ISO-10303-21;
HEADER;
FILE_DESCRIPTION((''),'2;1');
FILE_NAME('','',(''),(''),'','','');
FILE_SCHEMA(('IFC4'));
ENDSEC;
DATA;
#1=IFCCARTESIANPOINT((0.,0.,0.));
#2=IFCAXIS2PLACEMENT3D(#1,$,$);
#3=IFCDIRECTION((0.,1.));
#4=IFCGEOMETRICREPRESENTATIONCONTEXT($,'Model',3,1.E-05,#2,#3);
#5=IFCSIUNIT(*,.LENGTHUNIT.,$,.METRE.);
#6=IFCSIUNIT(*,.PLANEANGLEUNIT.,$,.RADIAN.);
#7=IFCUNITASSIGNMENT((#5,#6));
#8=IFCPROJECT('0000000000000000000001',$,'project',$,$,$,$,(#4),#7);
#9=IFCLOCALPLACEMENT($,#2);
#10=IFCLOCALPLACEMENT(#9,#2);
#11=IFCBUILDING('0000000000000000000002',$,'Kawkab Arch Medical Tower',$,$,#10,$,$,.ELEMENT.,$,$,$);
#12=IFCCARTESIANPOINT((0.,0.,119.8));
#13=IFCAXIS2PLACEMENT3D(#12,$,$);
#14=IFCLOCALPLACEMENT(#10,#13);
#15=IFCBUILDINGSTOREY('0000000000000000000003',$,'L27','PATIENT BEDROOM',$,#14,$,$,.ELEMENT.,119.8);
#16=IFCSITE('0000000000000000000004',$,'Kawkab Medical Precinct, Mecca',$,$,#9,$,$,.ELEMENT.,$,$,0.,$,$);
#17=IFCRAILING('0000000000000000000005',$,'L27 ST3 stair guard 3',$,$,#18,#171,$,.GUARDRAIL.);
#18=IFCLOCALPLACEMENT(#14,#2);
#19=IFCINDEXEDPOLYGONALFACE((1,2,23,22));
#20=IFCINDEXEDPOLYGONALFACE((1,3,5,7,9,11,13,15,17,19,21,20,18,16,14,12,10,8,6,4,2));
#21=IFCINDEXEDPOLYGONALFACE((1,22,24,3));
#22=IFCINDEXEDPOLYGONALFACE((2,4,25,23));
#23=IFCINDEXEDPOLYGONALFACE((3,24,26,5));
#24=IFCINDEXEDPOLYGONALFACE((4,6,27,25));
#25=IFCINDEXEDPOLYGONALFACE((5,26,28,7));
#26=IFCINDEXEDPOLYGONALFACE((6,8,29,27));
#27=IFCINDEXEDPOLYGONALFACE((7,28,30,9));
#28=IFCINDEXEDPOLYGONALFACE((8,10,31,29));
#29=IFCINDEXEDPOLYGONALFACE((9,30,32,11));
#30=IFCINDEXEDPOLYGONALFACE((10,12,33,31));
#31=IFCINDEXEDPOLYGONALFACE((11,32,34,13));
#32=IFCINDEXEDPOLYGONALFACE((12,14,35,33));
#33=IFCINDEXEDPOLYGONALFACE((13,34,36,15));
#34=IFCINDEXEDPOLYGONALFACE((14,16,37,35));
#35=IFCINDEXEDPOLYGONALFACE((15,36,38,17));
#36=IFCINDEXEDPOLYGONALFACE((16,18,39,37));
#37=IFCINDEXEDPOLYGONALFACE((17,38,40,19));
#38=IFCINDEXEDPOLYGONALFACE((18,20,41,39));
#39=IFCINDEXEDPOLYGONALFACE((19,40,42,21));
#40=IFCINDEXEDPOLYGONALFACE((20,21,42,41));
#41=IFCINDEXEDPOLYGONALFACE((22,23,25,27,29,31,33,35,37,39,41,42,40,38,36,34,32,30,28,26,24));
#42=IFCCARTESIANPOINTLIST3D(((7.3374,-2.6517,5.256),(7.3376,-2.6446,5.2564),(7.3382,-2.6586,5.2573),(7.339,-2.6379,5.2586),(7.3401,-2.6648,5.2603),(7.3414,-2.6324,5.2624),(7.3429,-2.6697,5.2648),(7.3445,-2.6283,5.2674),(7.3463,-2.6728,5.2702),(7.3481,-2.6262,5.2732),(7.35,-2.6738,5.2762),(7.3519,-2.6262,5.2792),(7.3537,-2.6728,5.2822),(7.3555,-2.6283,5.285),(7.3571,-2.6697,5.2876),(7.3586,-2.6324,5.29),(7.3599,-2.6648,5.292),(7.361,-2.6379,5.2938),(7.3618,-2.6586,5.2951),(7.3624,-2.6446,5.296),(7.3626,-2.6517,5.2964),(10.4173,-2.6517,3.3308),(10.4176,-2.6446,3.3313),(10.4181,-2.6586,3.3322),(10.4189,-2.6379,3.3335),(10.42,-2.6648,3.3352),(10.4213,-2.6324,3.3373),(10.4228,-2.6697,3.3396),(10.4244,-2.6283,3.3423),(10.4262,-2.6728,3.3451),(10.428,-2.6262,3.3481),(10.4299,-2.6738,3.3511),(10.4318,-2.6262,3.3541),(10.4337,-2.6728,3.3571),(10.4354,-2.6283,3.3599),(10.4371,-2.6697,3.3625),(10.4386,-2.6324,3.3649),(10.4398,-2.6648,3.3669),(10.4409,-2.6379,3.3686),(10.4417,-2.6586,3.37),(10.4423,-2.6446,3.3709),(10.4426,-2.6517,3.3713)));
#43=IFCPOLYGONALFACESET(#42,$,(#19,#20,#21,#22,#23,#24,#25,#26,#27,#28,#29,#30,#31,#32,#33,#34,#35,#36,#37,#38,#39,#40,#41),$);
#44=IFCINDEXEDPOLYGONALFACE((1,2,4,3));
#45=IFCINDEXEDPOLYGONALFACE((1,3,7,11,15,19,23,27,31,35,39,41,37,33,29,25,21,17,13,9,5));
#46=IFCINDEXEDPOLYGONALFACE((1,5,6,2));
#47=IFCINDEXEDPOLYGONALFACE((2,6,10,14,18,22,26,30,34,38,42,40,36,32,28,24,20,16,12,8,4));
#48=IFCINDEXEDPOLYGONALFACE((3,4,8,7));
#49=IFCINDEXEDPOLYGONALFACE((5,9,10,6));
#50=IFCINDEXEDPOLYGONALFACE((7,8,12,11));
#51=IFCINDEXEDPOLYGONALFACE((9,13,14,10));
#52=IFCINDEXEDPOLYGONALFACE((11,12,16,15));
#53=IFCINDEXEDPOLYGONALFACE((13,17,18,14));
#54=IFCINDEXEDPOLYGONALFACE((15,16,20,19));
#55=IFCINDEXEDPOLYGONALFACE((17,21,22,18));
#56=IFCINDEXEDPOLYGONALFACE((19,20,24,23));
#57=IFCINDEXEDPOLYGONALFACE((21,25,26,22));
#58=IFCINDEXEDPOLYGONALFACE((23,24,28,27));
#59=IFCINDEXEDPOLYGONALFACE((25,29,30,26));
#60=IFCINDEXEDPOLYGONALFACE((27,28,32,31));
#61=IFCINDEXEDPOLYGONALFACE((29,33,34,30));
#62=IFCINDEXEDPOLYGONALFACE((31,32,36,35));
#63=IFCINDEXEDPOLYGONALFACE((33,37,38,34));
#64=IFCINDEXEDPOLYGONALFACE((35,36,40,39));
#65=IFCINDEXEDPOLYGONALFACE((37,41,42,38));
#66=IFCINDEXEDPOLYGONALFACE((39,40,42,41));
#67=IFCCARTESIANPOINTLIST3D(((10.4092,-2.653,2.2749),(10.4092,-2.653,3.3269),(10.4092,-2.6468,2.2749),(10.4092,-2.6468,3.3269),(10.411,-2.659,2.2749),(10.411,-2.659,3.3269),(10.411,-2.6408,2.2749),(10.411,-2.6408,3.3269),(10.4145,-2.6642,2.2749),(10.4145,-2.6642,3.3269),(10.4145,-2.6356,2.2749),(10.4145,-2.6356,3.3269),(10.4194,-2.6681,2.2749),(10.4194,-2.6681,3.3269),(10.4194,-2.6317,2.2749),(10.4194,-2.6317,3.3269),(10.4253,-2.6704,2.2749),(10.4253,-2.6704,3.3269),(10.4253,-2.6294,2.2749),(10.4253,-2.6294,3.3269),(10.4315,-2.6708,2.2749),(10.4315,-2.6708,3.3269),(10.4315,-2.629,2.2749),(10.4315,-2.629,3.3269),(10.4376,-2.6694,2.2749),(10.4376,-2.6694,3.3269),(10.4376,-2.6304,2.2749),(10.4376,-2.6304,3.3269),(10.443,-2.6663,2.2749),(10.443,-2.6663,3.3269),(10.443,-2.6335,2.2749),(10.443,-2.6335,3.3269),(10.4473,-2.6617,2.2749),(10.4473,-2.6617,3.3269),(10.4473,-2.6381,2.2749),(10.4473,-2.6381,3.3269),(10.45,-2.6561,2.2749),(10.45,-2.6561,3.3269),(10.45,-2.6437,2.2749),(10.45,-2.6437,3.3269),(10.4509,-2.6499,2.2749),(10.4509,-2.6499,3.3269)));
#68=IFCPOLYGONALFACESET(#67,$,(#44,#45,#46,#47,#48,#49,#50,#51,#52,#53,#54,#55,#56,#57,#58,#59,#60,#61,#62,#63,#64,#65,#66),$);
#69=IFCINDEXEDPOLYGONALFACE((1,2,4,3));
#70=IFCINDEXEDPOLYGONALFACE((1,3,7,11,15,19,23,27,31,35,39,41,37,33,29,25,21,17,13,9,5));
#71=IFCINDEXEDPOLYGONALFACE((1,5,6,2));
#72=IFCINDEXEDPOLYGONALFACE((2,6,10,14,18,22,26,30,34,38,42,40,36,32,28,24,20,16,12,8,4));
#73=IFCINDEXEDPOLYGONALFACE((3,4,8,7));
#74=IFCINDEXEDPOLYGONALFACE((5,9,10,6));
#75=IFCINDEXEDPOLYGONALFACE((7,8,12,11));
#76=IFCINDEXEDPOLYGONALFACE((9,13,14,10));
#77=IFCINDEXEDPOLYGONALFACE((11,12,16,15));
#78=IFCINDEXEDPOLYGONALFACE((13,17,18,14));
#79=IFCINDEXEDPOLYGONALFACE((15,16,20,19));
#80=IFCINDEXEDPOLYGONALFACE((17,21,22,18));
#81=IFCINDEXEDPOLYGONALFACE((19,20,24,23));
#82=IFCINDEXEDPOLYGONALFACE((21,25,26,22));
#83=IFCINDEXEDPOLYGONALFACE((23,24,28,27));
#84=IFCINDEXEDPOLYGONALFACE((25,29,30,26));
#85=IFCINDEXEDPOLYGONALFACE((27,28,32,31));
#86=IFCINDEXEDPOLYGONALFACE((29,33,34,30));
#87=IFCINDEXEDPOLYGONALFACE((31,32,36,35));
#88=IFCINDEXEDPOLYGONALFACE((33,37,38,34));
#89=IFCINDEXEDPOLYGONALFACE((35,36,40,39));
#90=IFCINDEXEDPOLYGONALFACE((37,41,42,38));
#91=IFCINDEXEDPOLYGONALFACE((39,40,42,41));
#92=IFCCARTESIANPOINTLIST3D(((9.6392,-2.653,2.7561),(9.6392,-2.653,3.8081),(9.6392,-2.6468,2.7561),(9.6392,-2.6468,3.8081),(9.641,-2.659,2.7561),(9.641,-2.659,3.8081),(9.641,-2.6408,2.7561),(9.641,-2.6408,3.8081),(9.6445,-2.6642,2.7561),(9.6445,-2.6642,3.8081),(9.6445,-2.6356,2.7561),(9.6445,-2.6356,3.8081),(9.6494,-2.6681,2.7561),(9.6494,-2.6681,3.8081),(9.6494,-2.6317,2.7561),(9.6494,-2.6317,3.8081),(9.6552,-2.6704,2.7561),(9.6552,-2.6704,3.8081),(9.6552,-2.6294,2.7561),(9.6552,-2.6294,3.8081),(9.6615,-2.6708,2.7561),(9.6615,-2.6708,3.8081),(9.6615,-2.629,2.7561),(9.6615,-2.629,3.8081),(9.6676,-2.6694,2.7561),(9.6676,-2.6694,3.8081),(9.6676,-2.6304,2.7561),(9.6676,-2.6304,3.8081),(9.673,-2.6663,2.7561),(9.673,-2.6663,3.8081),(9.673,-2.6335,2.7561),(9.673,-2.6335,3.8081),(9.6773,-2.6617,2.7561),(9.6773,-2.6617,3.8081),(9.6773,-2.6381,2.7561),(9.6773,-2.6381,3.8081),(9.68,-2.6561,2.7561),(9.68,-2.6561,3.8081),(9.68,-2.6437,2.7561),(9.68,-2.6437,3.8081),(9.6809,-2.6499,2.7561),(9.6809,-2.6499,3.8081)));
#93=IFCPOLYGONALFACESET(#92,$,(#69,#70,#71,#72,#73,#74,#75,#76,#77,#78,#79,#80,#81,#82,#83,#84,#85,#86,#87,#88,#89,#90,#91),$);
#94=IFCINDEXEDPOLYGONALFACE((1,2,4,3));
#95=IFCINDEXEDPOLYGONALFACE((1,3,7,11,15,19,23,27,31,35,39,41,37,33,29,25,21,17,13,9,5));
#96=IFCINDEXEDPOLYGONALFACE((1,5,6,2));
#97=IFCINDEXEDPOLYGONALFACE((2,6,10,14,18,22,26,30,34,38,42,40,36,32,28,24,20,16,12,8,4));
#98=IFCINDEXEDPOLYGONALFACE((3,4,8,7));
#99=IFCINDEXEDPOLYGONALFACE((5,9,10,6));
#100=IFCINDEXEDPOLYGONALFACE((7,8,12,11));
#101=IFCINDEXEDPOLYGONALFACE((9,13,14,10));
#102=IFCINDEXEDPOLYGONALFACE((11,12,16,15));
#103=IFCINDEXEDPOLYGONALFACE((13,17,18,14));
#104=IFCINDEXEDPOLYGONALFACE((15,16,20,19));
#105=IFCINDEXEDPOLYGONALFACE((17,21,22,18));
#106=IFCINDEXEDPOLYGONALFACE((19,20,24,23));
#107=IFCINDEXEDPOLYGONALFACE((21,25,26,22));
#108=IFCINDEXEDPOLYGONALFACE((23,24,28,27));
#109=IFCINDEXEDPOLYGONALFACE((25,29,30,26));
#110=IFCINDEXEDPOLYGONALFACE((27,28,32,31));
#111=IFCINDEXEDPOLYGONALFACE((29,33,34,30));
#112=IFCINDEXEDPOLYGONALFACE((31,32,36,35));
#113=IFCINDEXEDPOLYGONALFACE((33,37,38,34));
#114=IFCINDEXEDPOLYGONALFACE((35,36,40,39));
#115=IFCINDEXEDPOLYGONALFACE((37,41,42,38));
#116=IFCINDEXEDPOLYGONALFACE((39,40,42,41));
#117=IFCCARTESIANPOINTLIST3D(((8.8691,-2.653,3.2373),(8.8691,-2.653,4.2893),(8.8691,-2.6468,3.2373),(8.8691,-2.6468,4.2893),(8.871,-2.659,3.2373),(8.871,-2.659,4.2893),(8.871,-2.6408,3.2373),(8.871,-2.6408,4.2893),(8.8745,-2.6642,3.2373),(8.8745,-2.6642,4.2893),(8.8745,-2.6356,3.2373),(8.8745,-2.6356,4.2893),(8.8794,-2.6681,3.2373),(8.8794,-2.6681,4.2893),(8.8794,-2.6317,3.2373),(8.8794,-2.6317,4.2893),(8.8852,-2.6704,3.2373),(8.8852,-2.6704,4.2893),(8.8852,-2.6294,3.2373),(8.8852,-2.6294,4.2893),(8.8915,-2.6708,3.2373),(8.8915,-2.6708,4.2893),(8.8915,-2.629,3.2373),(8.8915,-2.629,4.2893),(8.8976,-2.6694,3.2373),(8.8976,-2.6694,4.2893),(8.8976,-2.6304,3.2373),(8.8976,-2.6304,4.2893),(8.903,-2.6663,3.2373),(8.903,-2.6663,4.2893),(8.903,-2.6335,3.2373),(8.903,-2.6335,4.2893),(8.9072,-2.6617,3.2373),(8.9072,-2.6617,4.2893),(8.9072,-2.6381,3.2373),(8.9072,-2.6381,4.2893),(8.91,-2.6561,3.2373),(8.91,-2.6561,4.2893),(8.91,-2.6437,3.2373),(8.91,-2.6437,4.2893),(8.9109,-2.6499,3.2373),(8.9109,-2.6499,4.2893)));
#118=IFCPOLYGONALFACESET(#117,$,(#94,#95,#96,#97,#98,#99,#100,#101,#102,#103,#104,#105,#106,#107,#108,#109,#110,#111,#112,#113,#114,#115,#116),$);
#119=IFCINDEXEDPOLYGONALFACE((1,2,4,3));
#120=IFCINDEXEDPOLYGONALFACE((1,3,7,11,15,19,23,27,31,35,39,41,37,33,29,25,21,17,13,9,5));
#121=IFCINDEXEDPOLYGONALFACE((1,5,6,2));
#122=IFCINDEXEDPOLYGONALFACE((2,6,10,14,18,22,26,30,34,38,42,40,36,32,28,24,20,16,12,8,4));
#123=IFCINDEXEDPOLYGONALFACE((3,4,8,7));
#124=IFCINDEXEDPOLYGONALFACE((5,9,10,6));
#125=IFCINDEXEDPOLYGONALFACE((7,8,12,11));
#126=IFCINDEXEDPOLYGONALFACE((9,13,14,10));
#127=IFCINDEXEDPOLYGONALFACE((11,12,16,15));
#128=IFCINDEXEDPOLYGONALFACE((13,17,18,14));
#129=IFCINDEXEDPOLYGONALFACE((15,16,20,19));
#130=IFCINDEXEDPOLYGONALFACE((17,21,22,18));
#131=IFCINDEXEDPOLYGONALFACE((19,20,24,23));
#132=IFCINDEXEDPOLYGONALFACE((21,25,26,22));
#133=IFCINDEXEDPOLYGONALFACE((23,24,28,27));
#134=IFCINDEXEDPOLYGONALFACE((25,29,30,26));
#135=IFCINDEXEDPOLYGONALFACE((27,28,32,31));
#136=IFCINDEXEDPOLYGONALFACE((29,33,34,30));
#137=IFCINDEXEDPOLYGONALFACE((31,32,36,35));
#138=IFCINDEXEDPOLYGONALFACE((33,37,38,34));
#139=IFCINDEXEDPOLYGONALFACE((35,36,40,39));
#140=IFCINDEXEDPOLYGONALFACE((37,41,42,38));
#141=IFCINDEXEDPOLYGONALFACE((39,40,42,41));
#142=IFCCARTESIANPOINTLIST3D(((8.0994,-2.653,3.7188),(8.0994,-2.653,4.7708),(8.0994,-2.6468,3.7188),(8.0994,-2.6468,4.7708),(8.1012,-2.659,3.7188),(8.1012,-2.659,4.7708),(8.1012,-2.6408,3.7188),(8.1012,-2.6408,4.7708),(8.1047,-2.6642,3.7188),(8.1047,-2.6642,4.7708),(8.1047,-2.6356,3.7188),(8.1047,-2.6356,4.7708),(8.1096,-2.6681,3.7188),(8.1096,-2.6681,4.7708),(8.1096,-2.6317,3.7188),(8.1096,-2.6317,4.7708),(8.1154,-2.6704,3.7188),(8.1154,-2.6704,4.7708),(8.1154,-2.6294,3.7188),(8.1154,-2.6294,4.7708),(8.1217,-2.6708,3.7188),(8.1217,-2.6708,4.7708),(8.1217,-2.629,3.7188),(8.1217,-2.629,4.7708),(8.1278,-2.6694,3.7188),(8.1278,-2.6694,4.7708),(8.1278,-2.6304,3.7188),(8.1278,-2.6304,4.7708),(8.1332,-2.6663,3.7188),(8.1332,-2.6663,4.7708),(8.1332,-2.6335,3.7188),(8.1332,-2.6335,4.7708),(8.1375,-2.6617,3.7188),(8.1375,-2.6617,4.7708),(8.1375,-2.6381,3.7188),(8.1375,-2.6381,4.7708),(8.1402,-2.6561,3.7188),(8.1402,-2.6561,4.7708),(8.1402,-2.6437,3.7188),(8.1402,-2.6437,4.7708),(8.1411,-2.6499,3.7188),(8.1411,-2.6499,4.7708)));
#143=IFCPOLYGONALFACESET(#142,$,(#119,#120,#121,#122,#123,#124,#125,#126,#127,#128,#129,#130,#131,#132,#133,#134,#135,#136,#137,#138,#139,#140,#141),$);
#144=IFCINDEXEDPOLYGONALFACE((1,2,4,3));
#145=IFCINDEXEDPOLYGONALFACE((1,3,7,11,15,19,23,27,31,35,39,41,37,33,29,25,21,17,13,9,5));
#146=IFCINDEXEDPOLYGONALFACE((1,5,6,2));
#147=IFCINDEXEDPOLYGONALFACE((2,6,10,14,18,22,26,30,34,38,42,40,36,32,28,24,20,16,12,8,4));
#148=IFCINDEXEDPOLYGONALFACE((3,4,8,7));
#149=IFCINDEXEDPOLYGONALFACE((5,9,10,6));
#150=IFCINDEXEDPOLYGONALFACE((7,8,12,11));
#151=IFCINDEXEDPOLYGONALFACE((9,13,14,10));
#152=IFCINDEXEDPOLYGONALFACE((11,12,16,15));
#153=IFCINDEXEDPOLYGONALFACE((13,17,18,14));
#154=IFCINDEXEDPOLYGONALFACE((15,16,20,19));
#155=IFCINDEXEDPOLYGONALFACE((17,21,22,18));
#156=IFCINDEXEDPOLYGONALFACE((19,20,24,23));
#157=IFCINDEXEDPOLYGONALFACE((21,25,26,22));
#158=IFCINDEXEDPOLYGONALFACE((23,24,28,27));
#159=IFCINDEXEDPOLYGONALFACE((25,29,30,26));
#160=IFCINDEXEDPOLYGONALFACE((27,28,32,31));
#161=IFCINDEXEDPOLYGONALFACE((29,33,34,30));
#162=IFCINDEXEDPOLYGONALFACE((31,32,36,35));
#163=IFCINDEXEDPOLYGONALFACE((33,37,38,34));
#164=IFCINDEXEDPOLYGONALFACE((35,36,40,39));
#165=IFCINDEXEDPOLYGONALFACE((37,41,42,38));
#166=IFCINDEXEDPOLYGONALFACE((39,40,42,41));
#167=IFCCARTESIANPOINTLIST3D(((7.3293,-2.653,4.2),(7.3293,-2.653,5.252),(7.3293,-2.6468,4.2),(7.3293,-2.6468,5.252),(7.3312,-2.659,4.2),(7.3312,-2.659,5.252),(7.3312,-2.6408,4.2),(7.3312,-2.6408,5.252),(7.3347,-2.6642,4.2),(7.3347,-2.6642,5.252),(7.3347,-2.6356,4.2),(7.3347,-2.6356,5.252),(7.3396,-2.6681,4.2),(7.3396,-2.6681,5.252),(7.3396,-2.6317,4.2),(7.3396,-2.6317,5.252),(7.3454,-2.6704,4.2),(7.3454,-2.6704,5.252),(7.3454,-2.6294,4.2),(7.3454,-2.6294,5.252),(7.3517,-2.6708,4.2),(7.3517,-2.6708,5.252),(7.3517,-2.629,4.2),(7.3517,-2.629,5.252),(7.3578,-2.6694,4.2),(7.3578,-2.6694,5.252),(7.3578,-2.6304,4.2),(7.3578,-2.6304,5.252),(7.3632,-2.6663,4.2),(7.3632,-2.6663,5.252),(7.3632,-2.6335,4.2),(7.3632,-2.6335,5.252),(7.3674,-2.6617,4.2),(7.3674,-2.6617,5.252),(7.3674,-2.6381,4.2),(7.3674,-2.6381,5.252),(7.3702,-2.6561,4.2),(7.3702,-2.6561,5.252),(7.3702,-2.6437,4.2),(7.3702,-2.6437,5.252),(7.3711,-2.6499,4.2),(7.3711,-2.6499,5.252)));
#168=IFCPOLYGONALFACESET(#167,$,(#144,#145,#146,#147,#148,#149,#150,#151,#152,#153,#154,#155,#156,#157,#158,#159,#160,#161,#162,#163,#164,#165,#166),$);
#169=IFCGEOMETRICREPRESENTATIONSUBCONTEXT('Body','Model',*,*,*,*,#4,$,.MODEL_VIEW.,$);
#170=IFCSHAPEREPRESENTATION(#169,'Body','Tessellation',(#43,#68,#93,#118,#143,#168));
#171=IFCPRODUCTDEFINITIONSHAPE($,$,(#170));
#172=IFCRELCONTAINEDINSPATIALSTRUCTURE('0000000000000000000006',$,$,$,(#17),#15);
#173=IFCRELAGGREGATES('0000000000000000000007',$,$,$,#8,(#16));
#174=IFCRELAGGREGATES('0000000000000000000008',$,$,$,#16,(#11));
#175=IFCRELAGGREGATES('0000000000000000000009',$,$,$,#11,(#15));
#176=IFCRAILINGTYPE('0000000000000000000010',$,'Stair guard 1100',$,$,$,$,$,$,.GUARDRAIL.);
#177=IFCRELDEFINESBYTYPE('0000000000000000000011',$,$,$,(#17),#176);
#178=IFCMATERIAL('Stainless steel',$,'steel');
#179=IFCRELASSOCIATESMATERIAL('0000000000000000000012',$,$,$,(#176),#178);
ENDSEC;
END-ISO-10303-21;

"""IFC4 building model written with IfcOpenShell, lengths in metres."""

from ifc_helpers import new_model, si_unit, direction, frame, origin, origin_2d, place, context, subcontext, project, spatial, circle, extrude, material, type_object, element, save


model = new_model("IFC4")

# Units and contexts
model_context = context("Model", 3, precision=1e-05, world=origin(), true_north=direction((0.0, 1.0)))
body_context = subcontext(model_context, "Body", "Model", "MODEL_VIEW")
ifc_project = project(units=[si_unit("LENGTHUNIT", "METRE"), si_unit("PLANEANGLEUNIT", "RADIAN")], contexts=[model_context])

# Site, building, storey
site_placement = place(None, origin())
site = spatial("IfcSite", under=ifc_project, at=site_placement, Name="Kawkab Medical Precinct, Mecca", CompositionType="ELEMENT", RefElevation=0.0)
building_placement = place(site_placement, origin())
building = spatial("IfcBuilding", under=site, at=building_placement, Name="Kawkab Arch Medical Tower", CompositionType="ELEMENT")
storey_placement = place(building_placement, frame((0.0, 0.0, 119.8)))
storey = spatial("IfcBuildingStorey", under=building, at=storey_placement, Name="L27", Description="PATIENT BEDROOM", CompositionType="ELEMENT", Elevation=119.8)

# Railing
ifc_material_1 = material(Name="Stainless steel", Category="steel")
railing_type_1 = type_object("IfcRailingType", Name="Stair guard 1100", PredefinedType="GUARDRAIL", material=ifc_material_1)
railing_1_placement = place(storey_placement, frame((10.4299, -2.6499, 2.2749)))
element("IfcRailing", 1, at=railing_1_placement, inside=storey, type_object=railing_type_1, Name="L27 ST3 stair guard 3", PredefinedType="GUARDRAIL", context=body_context, shape_type="SweptSolid", body=[
    extrude(circle(Radius=0.0239, at=origin_2d()), frame((0.0, 0.0, 1.0762), z_axis=(-0.847979, 0.0, 0.530029), x_axis=(0.0, -1.0, 0.0)), (0.0, 0.0, 1.0), 3.6321),
    extrude(circle(Radius=0.021, at=origin_2d()), origin(), (0.0, 0.0, 1.0), 1.052),
    extrude(circle(Radius=0.021, at=origin_2d()), frame((-0.77, 0.0, 0.4812)), (0.0, 0.0, 1.0), 1.052),
    extrude(circle(Radius=0.021, at=origin_2d()), frame((-1.54, 0.0, 0.9624)), (0.0, 0.0, 1.0), 1.052),
    extrude(circle(Radius=0.021, at=origin_2d()), frame((-2.3098, 0.0, 1.4438)), (0.0, 0.0, 1.0), 1.052),
    extrude(circle(Radius=0.021, at=origin_2d()), frame((-3.0798, 0.0, 1.925)), (0.0, 0.0, 1.0), 1.052),
])

save(model, "model.ifc")
